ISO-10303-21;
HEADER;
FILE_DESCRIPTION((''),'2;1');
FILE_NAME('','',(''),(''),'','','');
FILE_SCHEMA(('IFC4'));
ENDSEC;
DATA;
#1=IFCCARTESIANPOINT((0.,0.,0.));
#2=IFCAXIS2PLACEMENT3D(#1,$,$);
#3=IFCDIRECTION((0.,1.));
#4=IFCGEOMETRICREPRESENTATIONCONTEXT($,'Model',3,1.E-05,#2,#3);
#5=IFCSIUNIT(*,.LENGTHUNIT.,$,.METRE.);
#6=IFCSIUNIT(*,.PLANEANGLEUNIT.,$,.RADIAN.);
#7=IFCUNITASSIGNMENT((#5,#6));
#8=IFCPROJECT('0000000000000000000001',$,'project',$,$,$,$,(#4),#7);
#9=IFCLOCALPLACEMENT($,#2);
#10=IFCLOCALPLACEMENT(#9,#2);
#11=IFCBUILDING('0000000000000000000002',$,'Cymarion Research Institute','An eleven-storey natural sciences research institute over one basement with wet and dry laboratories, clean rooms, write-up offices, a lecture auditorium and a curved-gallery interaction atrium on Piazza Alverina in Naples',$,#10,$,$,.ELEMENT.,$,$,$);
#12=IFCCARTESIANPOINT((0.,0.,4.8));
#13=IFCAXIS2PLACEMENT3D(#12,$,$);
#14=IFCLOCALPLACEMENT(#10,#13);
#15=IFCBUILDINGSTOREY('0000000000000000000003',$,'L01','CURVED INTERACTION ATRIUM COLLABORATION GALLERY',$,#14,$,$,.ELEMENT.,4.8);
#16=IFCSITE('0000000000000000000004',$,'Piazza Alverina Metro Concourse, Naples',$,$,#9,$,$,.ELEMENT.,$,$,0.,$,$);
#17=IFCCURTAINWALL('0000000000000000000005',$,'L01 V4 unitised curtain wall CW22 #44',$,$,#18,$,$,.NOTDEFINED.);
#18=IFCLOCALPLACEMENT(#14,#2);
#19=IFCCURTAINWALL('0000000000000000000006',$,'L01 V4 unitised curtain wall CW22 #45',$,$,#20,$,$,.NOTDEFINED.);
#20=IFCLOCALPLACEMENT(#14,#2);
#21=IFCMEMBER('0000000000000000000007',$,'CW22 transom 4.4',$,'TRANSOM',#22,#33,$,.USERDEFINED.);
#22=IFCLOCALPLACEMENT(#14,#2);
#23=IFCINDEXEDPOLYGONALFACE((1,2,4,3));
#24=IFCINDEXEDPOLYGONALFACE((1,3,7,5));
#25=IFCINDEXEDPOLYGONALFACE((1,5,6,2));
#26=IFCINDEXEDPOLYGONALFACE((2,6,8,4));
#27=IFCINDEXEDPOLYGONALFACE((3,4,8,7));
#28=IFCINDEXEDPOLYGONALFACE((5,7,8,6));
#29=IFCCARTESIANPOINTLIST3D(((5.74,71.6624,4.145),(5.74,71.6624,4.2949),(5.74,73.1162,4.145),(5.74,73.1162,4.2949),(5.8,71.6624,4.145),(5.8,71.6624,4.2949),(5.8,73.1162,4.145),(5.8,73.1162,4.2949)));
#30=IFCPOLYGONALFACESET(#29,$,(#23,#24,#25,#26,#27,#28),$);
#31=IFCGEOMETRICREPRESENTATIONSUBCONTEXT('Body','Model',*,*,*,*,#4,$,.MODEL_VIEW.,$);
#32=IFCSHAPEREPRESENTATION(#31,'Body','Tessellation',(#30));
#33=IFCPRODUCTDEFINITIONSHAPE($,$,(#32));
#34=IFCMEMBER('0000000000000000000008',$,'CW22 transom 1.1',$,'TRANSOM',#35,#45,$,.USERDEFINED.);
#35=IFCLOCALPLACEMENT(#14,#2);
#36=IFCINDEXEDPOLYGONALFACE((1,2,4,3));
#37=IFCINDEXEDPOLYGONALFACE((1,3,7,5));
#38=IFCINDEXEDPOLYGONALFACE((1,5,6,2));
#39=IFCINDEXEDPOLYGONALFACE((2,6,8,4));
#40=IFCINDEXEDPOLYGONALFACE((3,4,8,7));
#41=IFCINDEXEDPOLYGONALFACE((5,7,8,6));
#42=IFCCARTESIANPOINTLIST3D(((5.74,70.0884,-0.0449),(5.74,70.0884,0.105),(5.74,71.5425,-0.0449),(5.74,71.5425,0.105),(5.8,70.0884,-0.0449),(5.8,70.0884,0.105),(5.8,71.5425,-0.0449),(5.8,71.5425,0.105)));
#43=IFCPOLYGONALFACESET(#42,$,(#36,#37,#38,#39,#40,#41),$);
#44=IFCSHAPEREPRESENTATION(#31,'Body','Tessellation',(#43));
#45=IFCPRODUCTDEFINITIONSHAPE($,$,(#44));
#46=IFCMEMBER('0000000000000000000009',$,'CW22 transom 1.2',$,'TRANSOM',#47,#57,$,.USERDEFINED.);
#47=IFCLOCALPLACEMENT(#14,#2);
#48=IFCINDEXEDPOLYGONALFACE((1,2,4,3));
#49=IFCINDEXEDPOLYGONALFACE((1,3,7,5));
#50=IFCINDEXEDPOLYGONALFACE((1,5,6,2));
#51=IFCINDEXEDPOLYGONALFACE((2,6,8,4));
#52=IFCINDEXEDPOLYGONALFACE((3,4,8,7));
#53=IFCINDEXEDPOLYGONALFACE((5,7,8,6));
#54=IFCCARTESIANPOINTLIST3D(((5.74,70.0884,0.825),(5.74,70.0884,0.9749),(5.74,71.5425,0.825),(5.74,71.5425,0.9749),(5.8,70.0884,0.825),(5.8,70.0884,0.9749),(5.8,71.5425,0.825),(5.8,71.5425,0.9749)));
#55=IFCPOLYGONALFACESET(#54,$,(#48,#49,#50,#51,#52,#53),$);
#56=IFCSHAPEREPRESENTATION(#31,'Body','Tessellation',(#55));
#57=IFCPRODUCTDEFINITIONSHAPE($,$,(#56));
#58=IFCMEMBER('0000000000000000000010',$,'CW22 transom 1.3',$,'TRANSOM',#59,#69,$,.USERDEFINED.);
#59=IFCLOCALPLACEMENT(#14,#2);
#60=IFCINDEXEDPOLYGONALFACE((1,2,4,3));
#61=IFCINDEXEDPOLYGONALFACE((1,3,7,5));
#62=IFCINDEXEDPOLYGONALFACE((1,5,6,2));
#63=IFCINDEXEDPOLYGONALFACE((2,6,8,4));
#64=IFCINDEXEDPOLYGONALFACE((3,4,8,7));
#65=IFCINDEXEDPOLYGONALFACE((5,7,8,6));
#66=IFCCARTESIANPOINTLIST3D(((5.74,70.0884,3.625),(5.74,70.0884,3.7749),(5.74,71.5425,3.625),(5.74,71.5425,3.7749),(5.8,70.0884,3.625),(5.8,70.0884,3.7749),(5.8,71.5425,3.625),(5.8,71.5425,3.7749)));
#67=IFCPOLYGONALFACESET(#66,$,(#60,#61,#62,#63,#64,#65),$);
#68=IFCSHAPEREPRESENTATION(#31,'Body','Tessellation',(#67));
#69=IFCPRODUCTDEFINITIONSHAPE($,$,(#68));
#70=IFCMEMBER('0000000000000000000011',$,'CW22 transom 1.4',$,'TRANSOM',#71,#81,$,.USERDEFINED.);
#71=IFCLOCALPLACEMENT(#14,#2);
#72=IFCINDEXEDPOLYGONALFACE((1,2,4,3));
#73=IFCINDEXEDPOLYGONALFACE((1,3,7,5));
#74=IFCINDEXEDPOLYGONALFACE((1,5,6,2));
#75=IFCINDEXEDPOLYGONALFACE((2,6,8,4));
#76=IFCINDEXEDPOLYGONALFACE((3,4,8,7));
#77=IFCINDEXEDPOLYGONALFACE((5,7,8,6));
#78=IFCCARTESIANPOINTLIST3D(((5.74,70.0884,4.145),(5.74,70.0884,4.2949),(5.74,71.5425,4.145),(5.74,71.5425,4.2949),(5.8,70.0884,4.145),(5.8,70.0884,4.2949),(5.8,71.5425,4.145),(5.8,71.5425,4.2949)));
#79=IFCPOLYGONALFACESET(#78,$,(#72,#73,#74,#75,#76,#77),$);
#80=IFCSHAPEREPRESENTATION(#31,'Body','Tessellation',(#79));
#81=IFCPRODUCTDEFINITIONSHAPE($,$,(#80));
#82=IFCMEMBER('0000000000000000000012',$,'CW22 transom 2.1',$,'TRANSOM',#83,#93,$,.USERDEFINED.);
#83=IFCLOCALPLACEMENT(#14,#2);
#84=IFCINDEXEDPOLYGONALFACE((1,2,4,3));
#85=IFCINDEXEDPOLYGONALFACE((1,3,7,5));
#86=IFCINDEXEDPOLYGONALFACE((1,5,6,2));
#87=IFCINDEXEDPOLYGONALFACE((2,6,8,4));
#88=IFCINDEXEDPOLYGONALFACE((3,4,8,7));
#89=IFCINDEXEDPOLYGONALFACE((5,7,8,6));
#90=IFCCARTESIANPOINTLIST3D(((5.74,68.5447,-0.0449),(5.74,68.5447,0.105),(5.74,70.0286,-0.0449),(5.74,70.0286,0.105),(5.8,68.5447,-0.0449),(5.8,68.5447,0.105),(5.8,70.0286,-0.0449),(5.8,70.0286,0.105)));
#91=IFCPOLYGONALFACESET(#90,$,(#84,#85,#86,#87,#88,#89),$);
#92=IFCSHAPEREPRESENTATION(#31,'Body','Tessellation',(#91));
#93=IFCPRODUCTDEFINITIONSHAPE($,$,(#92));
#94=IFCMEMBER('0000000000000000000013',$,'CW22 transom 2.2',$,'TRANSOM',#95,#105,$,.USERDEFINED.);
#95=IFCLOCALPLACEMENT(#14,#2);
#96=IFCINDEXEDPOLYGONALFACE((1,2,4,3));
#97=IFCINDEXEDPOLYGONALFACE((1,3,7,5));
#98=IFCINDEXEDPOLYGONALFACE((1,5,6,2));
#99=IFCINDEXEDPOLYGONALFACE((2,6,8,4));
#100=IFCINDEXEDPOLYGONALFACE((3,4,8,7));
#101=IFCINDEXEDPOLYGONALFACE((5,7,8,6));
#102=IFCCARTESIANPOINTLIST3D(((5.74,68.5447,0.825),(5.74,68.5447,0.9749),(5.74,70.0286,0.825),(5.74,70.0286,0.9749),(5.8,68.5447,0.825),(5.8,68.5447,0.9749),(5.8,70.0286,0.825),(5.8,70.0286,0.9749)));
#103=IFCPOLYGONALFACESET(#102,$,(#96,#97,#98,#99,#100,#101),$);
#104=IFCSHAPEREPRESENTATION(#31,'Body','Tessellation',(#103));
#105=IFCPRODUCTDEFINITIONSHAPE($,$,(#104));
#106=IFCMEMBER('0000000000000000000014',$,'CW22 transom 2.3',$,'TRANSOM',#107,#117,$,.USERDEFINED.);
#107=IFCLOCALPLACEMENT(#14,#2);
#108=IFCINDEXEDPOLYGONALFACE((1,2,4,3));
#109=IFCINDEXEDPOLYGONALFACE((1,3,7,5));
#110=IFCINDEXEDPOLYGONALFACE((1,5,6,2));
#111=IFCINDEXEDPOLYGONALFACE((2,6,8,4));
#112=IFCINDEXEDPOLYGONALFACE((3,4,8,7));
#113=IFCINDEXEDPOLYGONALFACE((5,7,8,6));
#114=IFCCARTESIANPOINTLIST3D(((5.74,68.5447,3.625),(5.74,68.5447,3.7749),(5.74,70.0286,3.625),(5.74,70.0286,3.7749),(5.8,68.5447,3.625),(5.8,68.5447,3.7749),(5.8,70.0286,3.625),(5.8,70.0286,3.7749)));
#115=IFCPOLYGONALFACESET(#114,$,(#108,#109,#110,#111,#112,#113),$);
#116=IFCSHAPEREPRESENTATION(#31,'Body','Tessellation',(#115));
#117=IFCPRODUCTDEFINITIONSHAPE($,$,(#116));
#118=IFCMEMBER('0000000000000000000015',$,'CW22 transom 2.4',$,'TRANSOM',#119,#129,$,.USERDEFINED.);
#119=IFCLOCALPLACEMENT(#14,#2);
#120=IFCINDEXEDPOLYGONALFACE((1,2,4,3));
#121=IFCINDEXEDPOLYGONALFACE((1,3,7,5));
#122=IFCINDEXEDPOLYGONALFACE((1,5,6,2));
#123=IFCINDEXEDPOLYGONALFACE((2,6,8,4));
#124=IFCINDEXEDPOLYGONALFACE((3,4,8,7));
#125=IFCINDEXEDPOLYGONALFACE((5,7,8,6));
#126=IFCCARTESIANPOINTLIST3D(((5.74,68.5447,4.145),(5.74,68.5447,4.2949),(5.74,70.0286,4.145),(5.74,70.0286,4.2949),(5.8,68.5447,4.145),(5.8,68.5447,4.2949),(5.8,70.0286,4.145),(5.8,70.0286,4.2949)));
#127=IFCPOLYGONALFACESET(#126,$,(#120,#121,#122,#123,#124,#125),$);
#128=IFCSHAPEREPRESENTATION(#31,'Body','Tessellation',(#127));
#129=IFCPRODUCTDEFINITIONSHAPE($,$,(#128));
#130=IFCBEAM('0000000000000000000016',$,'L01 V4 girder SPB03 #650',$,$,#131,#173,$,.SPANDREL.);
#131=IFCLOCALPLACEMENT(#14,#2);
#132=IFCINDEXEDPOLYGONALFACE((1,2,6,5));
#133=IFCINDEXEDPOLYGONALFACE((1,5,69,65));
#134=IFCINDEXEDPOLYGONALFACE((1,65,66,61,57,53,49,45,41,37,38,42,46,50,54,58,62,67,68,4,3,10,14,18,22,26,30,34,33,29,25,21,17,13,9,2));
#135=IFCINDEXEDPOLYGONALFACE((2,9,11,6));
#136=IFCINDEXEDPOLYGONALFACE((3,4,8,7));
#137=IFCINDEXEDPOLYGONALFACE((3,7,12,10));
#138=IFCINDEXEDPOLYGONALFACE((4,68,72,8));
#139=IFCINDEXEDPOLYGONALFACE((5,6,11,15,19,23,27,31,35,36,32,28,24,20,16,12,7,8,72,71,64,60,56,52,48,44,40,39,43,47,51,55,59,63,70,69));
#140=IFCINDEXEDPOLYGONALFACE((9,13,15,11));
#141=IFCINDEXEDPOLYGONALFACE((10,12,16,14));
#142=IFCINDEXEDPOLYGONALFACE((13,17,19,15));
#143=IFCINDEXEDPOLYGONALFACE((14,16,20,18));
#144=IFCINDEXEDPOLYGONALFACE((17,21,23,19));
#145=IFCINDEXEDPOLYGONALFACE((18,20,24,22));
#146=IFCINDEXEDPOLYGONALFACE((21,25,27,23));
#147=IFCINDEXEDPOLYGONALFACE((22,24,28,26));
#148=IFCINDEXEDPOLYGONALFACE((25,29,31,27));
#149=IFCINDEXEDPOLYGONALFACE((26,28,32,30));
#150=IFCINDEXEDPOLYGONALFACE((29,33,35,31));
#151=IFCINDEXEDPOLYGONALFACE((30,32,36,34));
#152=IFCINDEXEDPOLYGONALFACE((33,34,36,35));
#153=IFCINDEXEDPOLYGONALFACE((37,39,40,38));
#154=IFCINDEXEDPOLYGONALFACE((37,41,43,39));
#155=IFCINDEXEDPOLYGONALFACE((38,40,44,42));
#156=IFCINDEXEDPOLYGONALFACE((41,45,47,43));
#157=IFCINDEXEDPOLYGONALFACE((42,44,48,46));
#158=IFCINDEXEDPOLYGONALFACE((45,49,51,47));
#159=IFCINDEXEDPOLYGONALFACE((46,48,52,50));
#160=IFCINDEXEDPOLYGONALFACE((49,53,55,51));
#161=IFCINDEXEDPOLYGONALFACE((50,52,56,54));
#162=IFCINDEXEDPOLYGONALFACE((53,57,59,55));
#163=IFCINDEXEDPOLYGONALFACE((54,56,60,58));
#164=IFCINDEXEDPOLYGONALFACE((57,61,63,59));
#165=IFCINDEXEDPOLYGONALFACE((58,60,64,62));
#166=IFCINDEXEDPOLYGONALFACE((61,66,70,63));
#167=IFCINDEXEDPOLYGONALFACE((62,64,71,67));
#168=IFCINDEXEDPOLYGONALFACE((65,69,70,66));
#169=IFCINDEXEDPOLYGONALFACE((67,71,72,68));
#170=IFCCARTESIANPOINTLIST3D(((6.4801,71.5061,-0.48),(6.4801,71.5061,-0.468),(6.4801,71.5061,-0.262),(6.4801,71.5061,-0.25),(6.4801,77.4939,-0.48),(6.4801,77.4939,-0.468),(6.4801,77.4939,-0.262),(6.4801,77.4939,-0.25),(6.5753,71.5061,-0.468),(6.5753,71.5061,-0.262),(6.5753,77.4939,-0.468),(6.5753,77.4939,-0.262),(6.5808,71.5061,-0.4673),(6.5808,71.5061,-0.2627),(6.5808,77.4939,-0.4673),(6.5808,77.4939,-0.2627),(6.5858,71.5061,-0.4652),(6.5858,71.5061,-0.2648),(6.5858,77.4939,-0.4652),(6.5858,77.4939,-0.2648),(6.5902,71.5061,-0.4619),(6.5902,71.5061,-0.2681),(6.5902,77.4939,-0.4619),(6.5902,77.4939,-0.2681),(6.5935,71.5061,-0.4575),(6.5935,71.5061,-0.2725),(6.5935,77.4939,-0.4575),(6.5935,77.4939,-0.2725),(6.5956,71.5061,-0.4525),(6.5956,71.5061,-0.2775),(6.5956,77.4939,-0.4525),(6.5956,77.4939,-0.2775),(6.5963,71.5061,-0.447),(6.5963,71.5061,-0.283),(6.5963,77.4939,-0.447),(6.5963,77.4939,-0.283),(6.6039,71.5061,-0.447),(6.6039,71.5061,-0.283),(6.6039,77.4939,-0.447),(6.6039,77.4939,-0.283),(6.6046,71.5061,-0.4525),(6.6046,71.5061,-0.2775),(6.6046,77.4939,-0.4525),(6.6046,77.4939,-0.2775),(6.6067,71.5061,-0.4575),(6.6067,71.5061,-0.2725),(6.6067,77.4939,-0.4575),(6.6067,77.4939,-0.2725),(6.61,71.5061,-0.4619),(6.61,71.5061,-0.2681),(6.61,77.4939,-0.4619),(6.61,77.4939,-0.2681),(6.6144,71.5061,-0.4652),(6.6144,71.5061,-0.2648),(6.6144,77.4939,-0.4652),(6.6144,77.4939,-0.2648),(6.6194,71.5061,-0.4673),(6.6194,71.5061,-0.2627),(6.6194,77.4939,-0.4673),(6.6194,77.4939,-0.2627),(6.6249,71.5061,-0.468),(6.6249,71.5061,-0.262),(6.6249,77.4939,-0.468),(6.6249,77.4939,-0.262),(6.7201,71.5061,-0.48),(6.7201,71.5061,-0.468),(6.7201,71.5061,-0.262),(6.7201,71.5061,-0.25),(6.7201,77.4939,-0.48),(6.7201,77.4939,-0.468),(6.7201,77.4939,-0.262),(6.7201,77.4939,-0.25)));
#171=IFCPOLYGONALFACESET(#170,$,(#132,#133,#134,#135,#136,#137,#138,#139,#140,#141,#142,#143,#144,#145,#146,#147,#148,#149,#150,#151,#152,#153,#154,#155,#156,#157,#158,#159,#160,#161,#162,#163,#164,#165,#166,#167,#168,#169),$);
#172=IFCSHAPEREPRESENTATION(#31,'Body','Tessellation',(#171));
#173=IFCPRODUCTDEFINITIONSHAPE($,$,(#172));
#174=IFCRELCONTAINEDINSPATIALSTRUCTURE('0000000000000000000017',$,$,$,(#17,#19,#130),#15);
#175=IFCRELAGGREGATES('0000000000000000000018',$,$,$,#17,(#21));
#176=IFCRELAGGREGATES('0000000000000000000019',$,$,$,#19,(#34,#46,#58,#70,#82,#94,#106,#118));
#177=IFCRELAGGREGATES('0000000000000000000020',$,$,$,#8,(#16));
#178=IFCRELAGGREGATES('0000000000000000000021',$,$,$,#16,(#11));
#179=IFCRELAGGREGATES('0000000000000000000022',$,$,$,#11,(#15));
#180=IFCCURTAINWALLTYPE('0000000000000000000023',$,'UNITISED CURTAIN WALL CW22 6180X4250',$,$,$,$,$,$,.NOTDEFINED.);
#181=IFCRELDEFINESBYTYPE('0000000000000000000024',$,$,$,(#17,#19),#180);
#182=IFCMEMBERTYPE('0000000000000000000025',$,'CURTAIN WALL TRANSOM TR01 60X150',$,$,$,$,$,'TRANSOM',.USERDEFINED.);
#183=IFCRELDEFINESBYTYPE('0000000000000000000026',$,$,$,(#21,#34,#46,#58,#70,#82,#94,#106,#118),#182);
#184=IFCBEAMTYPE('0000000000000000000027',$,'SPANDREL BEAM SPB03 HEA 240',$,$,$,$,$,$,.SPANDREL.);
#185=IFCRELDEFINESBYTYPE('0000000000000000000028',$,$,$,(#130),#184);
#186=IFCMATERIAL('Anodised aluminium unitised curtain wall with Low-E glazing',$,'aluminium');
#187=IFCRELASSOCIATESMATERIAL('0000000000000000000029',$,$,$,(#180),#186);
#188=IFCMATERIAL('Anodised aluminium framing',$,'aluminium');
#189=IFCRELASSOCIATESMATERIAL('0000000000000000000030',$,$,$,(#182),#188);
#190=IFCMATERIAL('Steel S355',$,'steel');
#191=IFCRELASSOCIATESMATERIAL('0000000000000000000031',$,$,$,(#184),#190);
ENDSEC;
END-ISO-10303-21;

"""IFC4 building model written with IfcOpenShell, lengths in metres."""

from ifc_helpers import new_model, si_unit, direction, frame, origin, origin_2d, place, context, subcontext, project, spatial, rectangle, i_section, extrude, material, material_profile, profile_set, type_object, element, aggregate, save


model = new_model("IFC4")

# Units and contexts
model_context = context("Model", 3, precision=1e-05, world=origin(), true_north=direction((0.0, 1.0)))
body_context = subcontext(model_context, "Body", "Model", "MODEL_VIEW")
ifc_project = project(units=[si_unit("LENGTHUNIT", "METRE"), si_unit("PLANEANGLEUNIT", "RADIAN")], contexts=[model_context])

# Site, building, storey
site_placement = place(None, origin())
site = spatial("IfcSite", under=ifc_project, at=site_placement, Name="Piazza Alverina Metro Concourse, Naples", CompositionType="ELEMENT", RefElevation=0.0)
building_placement = place(site_placement, origin())
building = spatial("IfcBuilding", under=site, at=building_placement, Name="Cymarion Research Institute", Description="An eleven-storey natural sciences research institute over one basement with wet and dry laboratories, clean rooms, write-up offices, a lecture auditorium and a curved-gallery interaction atrium on Piazza Alverina in Naples", CompositionType="ELEMENT")
storey_placement = place(building_placement, frame((0.0, 0.0, 4.8)))
storey = spatial("IfcBuildingStorey", under=building, at=storey_placement, Name="L01", Description="CURVED INTERACTION ATRIUM COLLABORATION GALLERY", CompositionType="ELEMENT", Elevation=4.8)

# Shared definitions
ifc_material_1 = material(Name="Steel S355", Category="steel")

# Curtain walls
ifc_material_2 = material(Name="Anodised aluminium unitised curtain wall with Low-E glazing", Category="aluminium")
curtain_wall_type = type_object("IfcCurtainWallType", Name="UNITISED CURTAIN WALL CW22 6180X4250", PredefinedType="NOTDEFINED", material=ifc_material_2)
curtain_wall_1_placement = place(storey_placement, origin())
curtain_wall_1 = element("IfcCurtainWall", 1, at=curtain_wall_1_placement, inside=storey, type_object=curtain_wall_type, Name="L01 V4 unitised curtain wall CW22 #44", PredefinedType="NOTDEFINED")
ifc_material_3 = material(Name="Anodised aluminium framing", Category="aluminium")
curtain_wall_2_placement = place(storey_placement, origin())
curtain_wall_2 = element("IfcCurtainWall", 2, at=curtain_wall_2_placement, inside=storey, type_object=curtain_wall_type, Name="L01 V4 unitised curtain wall CW22 #45", PredefinedType="NOTDEFINED")

# Members
ifc_material_profile_1 = material_profile(ifc_material_3, rectangle(XDim=0.0601, YDim=0.1499, at=origin_2d()), Name="ALU TRANSOM 60x150")
ifc_profile_set_1 = profile_set([ifc_material_profile_1], Name="Anodised aluminium framing")
member_type_1 = type_object("IfcMemberType", Name="CURTAIN WALL TRANSOM TR01 60X150", ElementType="TRANSOM", PredefinedType="USERDEFINED", material=ifc_profile_set_1)
member_1_placement = place(storey_placement, frame((5.77, 73.1162, 4.22), z_axis=(0.0, -1.0, 0.0), x_axis=(1.0, 0.0, 0.0)))
member_1 = element("IfcMember", 3, at=member_1_placement, type_object=member_type_1, Name="CW22 transom 4.4", ObjectType="TRANSOM", PredefinedType="USERDEFINED", context=body_context, shape_type="SweptSolid", body=[
    extrude(rectangle(XDim=0.0601, YDim=0.1499, at=origin_2d()), origin(), (0.0, 0.0, 1.0), 1.4539),
])
member_2_placement = place(storey_placement, frame((5.77, 71.5425, 0.03), z_axis=(0.0, -1.0, 0.0), x_axis=(1.0, 0.0, 0.0)))
member_2 = element("IfcMember", 4, at=member_2_placement, type_object=member_type_1, Name="CW22 transom 1.1", ObjectType="TRANSOM", PredefinedType="USERDEFINED", context=body_context, shape_type="SweptSolid", body=[
    extrude(rectangle(XDim=0.0601, YDim=0.1499, at=origin_2d()), origin(), (0.0, 0.0, 1.0), 1.4541),
])
member_3_placement = place(storey_placement, frame((5.77, 71.5425, 0.8999), z_axis=(0.0, -1.0, 0.0), x_axis=(1.0, 0.0, 0.0)))
member_3 = element("IfcMember", 5, at=member_3_placement, type_object=member_type_1, Name="CW22 transom 1.2", ObjectType="TRANSOM", PredefinedType="USERDEFINED", context=body_context, shape_type="SweptSolid", body=[
    extrude(rectangle(XDim=0.0601, YDim=0.1499, at=origin_2d()), origin(), (0.0, 0.0, 1.0), 1.4541),
])
member_4_placement = place(storey_placement, frame((5.77, 71.5425, 3.7), z_axis=(0.0, -1.0, 0.0), x_axis=(1.0, 0.0, 0.0)))
member_4 = element("IfcMember", 6, at=member_4_placement, type_object=member_type_1, Name="CW22 transom 1.3", ObjectType="TRANSOM", PredefinedType="USERDEFINED", context=body_context, shape_type="SweptSolid", body=[
    extrude(rectangle(XDim=0.0601, YDim=0.1499, at=origin_2d()), origin(), (0.0, 0.0, 1.0), 1.4541),
])
member_5_placement = place(storey_placement, frame((5.77, 71.5425, 4.22), z_axis=(0.0, -1.0, 0.0), x_axis=(1.0, 0.0, 0.0)))
member_5 = element("IfcMember", 7, at=member_5_placement, type_object=member_type_1, Name="CW22 transom 1.4", ObjectType="TRANSOM", PredefinedType="USERDEFINED", context=body_context, shape_type="SweptSolid", body=[
    extrude(rectangle(XDim=0.0601, YDim=0.1499, at=origin_2d()), origin(), (0.0, 0.0, 1.0), 1.4541),
])
member_6_placement = place(storey_placement, frame((5.77, 70.0286, 0.03), z_axis=(0.0, -1.0, 0.0), x_axis=(1.0, 0.0, 0.0)))
member_6 = element("IfcMember", 8, at=member_6_placement, type_object=member_type_1, Name="CW22 transom 2.1", ObjectType="TRANSOM", PredefinedType="USERDEFINED", context=body_context, shape_type="SweptSolid", body=[
    extrude(rectangle(XDim=0.0601, YDim=0.1499, at=origin_2d()), origin(), (0.0, 0.0, 1.0), 1.4839),
])
member_7_placement = place(storey_placement, frame((5.77, 70.0286, 0.8999), z_axis=(0.0, -1.0, 0.0), x_axis=(1.0, 0.0, 0.0)))
member_7 = element("IfcMember", 9, at=member_7_placement, type_object=member_type_1, Name="CW22 transom 2.2", ObjectType="TRANSOM", PredefinedType="USERDEFINED", context=body_context, shape_type="SweptSolid", body=[
    extrude(rectangle(XDim=0.0601, YDim=0.1499, at=origin_2d()), origin(), (0.0, 0.0, 1.0), 1.4839),
])
member_8_placement = place(storey_placement, frame((5.77, 70.0286, 3.7), z_axis=(0.0, -1.0, 0.0), x_axis=(1.0, 0.0, 0.0)))
member_8 = element("IfcMember", 10, at=member_8_placement, type_object=member_type_1, Name="CW22 transom 2.3", ObjectType="TRANSOM", PredefinedType="USERDEFINED", context=body_context, shape_type="SweptSolid", body=[
    extrude(rectangle(XDim=0.0601, YDim=0.1499, at=origin_2d()), origin(), (0.0, 0.0, 1.0), 1.4839),
])
member_9_placement = place(storey_placement, frame((5.77, 70.0286, 4.22), z_axis=(0.0, -1.0, 0.0), x_axis=(1.0, 0.0, 0.0)))
member_9 = element("IfcMember", 11, at=member_9_placement, type_object=member_type_1, Name="CW22 transom 2.4", ObjectType="TRANSOM", PredefinedType="USERDEFINED", context=body_context, shape_type="SweptSolid", body=[
    extrude(rectangle(XDim=0.0601, YDim=0.1499, at=origin_2d()), origin(), (0.0, 0.0, 1.0), 1.4839),
])

# Beam
ifc_material_profile_2 = material_profile(ifc_material_1, i_section(OverallWidth=0.24, OverallDepth=0.23, WebThickness=0.0076, FlangeThickness=0.012, FilletRadius=0.021, at=origin_2d()), Name="HEA 240")
ifc_profile_set_2 = profile_set([ifc_material_profile_2], Name="Steel S355")
beam_type_1 = type_object("IfcBeamType", Name="SPANDREL BEAM SPB03 HEA 240", PredefinedType="SPANDREL", material=ifc_profile_set_2)
beam_1_placement = place(storey_placement, frame((6.6001, 71.5061, -0.365), z_axis=(0.0, 1.0, 0.0), x_axis=(-1.0, 0.0, 0.0)))
element("IfcBeam", 12, at=beam_1_placement, inside=storey, type_object=beam_type_1, Name="L01 V4 girder SPB03 #650", PredefinedType="SPANDREL", context=body_context, shape_type="SweptSolid", body=[
    extrude(i_section(OverallWidth=0.24, OverallDepth=0.23, WebThickness=0.0076, FlangeThickness=0.012, FilletRadius=0.021, at=origin_2d()), origin(), (0.0, 0.0, 1.0), 5.9878),
])

aggregate(curtain_wall_1, [member_1])
aggregate(curtain_wall_2, [member_2, member_3, member_4, member_5, member_6, member_7, member_8, member_9])

save(model, "model.ifc")
